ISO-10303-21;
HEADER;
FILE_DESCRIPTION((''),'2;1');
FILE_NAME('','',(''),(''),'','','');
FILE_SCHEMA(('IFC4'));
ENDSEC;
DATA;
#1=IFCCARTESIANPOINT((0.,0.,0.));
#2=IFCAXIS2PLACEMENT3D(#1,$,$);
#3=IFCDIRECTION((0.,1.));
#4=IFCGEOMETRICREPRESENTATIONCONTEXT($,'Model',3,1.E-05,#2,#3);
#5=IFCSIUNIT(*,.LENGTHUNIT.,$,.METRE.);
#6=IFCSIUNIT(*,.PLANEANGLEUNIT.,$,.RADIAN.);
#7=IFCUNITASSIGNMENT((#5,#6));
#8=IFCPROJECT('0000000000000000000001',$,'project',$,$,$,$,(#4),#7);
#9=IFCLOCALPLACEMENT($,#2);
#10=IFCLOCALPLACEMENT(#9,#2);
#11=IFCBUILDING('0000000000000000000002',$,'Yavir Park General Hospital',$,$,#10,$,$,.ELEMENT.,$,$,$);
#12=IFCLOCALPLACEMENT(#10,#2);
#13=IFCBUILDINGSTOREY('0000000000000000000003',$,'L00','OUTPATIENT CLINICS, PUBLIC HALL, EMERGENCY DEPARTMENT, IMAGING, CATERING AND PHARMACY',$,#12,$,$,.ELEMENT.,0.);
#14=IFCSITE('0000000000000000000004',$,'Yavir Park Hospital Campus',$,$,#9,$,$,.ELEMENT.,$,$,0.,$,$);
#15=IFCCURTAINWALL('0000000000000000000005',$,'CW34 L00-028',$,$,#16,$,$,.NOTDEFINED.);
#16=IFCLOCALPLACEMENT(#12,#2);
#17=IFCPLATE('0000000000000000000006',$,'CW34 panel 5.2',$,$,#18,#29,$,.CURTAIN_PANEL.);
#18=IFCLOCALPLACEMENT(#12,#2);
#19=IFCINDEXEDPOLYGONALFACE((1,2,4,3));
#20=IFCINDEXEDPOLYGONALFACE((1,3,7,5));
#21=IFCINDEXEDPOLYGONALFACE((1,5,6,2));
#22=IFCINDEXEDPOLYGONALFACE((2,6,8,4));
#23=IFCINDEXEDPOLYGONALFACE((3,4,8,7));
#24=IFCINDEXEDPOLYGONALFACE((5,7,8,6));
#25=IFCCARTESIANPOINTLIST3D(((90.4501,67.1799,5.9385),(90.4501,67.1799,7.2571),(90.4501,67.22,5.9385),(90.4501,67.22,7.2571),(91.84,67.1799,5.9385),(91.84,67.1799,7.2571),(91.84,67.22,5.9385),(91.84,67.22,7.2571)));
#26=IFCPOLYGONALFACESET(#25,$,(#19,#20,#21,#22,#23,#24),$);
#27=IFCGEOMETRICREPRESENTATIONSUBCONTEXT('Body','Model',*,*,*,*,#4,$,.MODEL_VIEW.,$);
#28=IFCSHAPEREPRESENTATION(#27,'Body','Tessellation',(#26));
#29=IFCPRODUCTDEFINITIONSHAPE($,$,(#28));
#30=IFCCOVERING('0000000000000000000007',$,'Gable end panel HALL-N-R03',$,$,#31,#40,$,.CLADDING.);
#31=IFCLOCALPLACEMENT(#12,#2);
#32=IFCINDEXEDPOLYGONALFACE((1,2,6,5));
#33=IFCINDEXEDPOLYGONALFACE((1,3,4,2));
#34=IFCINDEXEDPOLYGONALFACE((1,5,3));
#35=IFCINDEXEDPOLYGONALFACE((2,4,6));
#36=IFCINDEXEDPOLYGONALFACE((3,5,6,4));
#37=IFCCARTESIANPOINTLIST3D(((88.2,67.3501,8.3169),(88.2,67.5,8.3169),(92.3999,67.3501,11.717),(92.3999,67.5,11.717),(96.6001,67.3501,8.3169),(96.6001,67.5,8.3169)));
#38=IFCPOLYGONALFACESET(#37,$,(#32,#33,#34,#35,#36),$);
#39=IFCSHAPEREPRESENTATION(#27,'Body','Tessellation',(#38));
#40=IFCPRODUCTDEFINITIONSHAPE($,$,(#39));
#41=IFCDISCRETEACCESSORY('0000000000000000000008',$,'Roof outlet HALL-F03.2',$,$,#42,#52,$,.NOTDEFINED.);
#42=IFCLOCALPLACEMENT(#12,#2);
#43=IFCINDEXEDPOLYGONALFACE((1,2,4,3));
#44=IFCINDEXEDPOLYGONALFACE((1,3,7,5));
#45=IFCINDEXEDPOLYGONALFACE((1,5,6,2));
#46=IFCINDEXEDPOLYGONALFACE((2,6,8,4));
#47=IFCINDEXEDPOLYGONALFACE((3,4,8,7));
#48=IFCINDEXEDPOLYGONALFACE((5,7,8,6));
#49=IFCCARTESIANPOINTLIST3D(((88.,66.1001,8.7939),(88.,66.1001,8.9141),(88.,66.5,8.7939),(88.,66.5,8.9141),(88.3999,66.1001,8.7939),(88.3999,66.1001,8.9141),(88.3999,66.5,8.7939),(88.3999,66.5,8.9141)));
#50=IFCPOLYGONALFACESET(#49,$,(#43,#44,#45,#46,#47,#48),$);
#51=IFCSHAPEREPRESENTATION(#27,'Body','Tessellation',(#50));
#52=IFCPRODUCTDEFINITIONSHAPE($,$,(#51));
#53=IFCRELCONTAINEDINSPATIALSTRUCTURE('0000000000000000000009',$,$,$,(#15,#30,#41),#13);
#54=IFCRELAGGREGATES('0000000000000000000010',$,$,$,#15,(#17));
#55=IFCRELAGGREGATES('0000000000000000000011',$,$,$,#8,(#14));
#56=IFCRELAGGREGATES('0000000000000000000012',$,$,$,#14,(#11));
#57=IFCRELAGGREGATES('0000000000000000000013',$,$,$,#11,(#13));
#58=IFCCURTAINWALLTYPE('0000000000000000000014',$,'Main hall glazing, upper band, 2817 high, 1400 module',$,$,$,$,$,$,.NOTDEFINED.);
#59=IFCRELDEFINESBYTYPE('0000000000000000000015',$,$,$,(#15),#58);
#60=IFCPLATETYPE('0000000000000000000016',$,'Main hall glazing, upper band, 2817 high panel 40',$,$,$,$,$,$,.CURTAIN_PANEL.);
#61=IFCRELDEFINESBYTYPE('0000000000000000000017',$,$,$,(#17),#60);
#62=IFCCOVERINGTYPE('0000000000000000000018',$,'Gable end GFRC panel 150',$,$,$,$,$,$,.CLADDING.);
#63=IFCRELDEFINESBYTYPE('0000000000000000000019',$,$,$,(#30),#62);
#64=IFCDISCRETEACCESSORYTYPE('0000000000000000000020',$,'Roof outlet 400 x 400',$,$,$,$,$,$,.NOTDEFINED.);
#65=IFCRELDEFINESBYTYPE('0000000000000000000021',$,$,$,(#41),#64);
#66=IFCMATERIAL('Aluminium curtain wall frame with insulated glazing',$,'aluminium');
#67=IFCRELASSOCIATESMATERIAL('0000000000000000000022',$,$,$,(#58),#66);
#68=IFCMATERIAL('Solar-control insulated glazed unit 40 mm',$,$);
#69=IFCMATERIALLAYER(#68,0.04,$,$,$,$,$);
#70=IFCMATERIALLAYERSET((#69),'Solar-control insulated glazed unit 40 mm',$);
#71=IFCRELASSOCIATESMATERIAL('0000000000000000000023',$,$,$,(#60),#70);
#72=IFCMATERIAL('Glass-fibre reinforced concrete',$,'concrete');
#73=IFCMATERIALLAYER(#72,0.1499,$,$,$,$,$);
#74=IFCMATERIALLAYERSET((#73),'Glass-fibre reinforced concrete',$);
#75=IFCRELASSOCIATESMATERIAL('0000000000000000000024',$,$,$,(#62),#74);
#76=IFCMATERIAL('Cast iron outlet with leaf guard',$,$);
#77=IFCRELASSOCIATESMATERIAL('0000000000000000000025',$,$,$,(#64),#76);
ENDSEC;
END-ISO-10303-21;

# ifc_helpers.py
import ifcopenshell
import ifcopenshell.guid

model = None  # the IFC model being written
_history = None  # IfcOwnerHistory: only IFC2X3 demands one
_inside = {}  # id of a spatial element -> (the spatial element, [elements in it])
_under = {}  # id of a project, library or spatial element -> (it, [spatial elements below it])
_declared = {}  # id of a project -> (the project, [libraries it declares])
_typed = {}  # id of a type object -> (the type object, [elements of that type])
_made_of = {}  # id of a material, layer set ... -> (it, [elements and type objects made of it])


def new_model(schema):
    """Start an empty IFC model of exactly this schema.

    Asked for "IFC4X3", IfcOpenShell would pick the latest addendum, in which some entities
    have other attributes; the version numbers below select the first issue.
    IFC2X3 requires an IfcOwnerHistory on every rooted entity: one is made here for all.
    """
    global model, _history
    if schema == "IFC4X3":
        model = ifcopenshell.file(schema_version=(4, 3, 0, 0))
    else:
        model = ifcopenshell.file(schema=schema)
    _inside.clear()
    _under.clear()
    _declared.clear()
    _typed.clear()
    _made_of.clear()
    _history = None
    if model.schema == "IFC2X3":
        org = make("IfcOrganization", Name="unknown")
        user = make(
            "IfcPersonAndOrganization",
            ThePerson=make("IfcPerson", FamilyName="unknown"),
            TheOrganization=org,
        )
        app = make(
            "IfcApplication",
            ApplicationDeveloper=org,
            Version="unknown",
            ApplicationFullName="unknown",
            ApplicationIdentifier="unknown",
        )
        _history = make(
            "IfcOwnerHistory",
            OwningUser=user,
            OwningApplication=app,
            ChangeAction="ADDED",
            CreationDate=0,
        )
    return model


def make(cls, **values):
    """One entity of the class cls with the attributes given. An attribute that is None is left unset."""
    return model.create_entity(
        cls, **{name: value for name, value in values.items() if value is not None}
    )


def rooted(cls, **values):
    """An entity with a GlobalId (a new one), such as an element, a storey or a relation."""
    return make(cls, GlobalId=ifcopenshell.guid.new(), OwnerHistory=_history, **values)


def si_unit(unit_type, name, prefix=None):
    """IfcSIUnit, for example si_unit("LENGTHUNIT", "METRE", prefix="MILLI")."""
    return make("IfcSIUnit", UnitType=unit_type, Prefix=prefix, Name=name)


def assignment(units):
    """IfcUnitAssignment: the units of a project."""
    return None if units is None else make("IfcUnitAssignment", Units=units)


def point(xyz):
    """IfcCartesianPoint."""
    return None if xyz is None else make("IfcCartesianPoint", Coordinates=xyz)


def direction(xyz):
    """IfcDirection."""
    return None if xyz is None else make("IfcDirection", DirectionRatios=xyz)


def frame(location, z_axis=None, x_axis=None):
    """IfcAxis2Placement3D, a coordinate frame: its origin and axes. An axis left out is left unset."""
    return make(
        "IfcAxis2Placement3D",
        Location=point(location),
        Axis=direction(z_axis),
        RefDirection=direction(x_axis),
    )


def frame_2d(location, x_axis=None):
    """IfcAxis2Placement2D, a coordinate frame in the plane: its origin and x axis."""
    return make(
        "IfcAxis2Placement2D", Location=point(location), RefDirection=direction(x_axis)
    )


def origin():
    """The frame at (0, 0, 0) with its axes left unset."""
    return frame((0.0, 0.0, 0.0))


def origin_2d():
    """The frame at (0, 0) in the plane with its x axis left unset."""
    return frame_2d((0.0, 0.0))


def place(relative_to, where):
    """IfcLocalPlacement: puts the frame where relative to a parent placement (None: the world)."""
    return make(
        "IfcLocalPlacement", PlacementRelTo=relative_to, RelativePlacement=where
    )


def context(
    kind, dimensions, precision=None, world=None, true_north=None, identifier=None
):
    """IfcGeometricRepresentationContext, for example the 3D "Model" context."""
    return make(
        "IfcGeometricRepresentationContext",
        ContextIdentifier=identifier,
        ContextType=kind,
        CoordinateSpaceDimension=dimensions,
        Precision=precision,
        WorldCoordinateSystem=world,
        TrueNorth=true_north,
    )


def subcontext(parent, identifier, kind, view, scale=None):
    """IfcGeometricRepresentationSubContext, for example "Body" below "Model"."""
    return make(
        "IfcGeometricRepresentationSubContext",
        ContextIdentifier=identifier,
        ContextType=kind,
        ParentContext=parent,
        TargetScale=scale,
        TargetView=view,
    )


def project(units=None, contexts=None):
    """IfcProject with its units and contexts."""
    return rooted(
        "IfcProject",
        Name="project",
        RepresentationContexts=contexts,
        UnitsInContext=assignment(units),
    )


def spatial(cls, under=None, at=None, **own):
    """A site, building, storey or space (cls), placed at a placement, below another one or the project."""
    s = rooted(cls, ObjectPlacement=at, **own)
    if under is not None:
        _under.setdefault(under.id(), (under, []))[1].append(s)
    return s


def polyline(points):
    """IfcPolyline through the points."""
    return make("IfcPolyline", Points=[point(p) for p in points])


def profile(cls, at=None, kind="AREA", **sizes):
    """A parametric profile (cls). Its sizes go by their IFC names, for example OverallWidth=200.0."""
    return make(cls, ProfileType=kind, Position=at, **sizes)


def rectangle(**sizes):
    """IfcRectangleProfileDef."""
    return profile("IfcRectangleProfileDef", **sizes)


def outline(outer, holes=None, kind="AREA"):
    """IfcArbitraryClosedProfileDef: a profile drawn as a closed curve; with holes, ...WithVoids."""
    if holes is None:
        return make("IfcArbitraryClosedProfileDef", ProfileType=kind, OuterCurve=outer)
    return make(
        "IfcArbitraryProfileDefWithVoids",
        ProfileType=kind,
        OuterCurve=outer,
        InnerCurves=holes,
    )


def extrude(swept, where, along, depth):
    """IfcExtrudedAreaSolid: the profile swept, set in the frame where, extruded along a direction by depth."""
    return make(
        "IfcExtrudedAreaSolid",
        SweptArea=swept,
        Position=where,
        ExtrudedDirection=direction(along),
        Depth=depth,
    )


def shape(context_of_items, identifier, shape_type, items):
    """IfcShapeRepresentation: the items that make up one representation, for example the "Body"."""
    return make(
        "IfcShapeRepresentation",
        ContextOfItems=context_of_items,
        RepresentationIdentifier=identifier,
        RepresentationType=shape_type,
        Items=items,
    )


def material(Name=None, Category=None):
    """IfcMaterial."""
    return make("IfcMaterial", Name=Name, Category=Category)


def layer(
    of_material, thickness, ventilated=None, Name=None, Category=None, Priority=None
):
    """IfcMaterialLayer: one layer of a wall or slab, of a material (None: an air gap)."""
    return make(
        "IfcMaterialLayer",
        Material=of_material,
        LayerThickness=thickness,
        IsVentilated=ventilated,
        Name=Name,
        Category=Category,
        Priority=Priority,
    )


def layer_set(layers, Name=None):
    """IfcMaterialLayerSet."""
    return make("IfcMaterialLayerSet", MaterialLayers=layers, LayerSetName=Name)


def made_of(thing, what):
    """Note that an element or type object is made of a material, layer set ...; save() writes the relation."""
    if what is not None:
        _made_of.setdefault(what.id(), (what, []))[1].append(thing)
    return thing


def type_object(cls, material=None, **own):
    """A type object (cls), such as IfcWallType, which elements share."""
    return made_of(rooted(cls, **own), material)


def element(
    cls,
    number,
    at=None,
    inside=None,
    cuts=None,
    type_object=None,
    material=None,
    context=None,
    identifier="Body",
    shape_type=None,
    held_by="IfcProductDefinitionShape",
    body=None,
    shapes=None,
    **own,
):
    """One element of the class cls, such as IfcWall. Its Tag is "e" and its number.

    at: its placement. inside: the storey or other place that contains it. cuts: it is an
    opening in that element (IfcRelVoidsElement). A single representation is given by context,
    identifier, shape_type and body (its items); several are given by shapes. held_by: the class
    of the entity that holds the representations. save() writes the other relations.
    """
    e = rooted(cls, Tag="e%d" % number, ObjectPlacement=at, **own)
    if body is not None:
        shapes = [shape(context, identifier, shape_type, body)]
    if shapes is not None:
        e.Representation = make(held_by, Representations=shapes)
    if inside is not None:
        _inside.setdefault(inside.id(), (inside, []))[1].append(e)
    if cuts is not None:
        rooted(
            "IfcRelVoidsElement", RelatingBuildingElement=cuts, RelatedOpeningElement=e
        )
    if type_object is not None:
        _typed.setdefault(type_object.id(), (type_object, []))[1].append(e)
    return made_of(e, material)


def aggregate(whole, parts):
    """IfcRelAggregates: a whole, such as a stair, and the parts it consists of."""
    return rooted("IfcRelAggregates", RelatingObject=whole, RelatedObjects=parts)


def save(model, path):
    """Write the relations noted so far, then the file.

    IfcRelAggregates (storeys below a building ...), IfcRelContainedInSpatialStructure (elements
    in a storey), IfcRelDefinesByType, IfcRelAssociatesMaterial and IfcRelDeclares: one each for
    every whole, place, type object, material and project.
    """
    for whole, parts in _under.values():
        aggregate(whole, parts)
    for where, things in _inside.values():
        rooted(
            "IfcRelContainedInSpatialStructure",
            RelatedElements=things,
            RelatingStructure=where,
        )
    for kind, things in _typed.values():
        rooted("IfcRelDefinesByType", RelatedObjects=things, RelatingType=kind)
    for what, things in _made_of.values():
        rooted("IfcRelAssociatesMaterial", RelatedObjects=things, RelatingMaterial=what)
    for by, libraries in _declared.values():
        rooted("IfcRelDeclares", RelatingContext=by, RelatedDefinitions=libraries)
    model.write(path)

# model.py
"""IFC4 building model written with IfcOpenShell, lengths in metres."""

from ifc_helpers import new_model, si_unit, direction, frame, origin, origin_2d, place, context, subcontext, project, spatial, polyline, rectangle, outline, extrude, material, layer, layer_set, type_object, element, aggregate, save


model = new_model("IFC4")

# Units and contexts
model_context = context("Model", 3, precision=1e-05, world=origin(), true_north=direction((0.0, 1.0)))
body_context = subcontext(model_context, "Body", "Model", "MODEL_VIEW")
ifc_project = project(units=[si_unit("LENGTHUNIT", "METRE"), si_unit("PLANEANGLEUNIT", "RADIAN")], contexts=[model_context])

# Site, building, storey
site_placement = place(None, origin())
site = spatial("IfcSite", under=ifc_project, at=site_placement, Name="Yavir Park Hospital Campus", CompositionType="ELEMENT", RefElevation=0.0)
building_placement = place(site_placement, origin())
building = spatial("IfcBuilding", under=site, at=building_placement, Name="Yavir Park General Hospital", CompositionType="ELEMENT")
storey_placement = place(building_placement, origin())
storey = spatial("IfcBuildingStorey", under=building, at=storey_placement, Name="L00", Description="OUTPATIENT CLINICS, PUBLIC HALL, EMERGENCY DEPARTMENT, IMAGING, CATERING AND PHARMACY", CompositionType="ELEMENT", Elevation=0.0)

# Curtain wall
ifc_material_1 = material(Name="Aluminium curtain wall frame with insulated glazing", Category="aluminium")
curtain_wall_type_1 = type_object("IfcCurtainWallType", Name="Main hall glazing, upper band, 2817 high, 1400 module", PredefinedType="NOTDEFINED", material=ifc_material_1)
curtain_wall_1_placement = place(storey_placement, origin())
curtain_wall_1 = element("IfcCurtainWall", 1, at=curtain_wall_1_placement, inside=storey, type_object=curtain_wall_type_1, Name="CW34 L00-028", PredefinedType="NOTDEFINED")

# Plate
ifc_material_2 = material(Name="Solar-control insulated glazed unit 40 mm")
ifc_layer_1 = layer(ifc_material_2, 0.04)
ifc_layer_set_1 = layer_set([ifc_layer_1], Name="Solar-control insulated glazed unit 40 mm")
plate_type_1 = type_object("IfcPlateType", Name="Main hall glazing, upper band, 2817 high panel 40", PredefinedType="CURTAIN_PANEL", material=ifc_layer_set_1)
plate_1_placement = place(storey_placement, frame((91.145, 67.2, 5.9385), z_axis=(0.0, 0.0, 1.0), x_axis=(1.0, 0.0, 0.0)))
plate_1 = element("IfcPlate", 2, at=plate_1_placement, type_object=plate_type_1, Name="CW34 panel 5.2", PredefinedType="CURTAIN_PANEL", context=body_context, shape_type="SweptSolid", body=[
    extrude(rectangle(XDim=1.3899, YDim=0.04, at=origin_2d()), origin(), (0.0, 0.0, 1.0), 1.3186),
])
aggregate(curtain_wall_1, [plate_1])

# Covering
ifc_material_3 = material(Name="Glass-fibre reinforced concrete", Category="concrete")
ifc_layer_2 = layer(ifc_material_3, 0.1499)
ifc_layer_set_2 = layer_set([ifc_layer_2], Name="Glass-fibre reinforced concrete")
covering_type = type_object("IfcCoveringType", Name="Gable end GFRC panel 150", PredefinedType="CLADDING", material=ifc_layer_set_2)
covering_placement = place(storey_placement, frame((88.2, 67.5, 8.3169), z_axis=(0.0, 1.0, 0.0), x_axis=(1.0, 0.0, 0.0)))
element("IfcCovering", 3, at=covering_placement, inside=storey, type_object=covering_type, Name="Gable end panel HALL-N-R03", PredefinedType="CLADDING", context=body_context, shape_type="SweptSolid", body=[
    extrude(outline(polyline([(0.0, 0.0), (8.4001, 0.0), (4.2, -3.4001), (0.0, 0.0)])), origin(), (0.0, 0.0, -1.0), 0.1499),
])

# Discrete accessory
ifc_material_4 = material(Name="Cast iron outlet with leaf guard")
discrete_accessory_type = type_object("IfcDiscreteAccessoryType", Name="Roof outlet 400 x 400", PredefinedType="NOTDEFINED", material=ifc_material_4)
discrete_accessory_placement = place(storey_placement, frame((88.2, 66.3, 8.7939), z_axis=(0.0, 0.0, 1.0), x_axis=(1.0, 0.0, 0.0)))
element("IfcDiscreteAccessory", 4, at=discrete_accessory_placement, inside=storey, type_object=discrete_accessory_type, Name="Roof outlet HALL-F03.2", PredefinedType="NOTDEFINED", context=body_context, shape_type="SweptSolid", body=[
    extrude(rectangle(XDim=0.3999, YDim=0.3999, at=origin_2d()), origin(), (0.0, 0.0, 1.0), 0.1201),
])

save(model, "model.ifc")
